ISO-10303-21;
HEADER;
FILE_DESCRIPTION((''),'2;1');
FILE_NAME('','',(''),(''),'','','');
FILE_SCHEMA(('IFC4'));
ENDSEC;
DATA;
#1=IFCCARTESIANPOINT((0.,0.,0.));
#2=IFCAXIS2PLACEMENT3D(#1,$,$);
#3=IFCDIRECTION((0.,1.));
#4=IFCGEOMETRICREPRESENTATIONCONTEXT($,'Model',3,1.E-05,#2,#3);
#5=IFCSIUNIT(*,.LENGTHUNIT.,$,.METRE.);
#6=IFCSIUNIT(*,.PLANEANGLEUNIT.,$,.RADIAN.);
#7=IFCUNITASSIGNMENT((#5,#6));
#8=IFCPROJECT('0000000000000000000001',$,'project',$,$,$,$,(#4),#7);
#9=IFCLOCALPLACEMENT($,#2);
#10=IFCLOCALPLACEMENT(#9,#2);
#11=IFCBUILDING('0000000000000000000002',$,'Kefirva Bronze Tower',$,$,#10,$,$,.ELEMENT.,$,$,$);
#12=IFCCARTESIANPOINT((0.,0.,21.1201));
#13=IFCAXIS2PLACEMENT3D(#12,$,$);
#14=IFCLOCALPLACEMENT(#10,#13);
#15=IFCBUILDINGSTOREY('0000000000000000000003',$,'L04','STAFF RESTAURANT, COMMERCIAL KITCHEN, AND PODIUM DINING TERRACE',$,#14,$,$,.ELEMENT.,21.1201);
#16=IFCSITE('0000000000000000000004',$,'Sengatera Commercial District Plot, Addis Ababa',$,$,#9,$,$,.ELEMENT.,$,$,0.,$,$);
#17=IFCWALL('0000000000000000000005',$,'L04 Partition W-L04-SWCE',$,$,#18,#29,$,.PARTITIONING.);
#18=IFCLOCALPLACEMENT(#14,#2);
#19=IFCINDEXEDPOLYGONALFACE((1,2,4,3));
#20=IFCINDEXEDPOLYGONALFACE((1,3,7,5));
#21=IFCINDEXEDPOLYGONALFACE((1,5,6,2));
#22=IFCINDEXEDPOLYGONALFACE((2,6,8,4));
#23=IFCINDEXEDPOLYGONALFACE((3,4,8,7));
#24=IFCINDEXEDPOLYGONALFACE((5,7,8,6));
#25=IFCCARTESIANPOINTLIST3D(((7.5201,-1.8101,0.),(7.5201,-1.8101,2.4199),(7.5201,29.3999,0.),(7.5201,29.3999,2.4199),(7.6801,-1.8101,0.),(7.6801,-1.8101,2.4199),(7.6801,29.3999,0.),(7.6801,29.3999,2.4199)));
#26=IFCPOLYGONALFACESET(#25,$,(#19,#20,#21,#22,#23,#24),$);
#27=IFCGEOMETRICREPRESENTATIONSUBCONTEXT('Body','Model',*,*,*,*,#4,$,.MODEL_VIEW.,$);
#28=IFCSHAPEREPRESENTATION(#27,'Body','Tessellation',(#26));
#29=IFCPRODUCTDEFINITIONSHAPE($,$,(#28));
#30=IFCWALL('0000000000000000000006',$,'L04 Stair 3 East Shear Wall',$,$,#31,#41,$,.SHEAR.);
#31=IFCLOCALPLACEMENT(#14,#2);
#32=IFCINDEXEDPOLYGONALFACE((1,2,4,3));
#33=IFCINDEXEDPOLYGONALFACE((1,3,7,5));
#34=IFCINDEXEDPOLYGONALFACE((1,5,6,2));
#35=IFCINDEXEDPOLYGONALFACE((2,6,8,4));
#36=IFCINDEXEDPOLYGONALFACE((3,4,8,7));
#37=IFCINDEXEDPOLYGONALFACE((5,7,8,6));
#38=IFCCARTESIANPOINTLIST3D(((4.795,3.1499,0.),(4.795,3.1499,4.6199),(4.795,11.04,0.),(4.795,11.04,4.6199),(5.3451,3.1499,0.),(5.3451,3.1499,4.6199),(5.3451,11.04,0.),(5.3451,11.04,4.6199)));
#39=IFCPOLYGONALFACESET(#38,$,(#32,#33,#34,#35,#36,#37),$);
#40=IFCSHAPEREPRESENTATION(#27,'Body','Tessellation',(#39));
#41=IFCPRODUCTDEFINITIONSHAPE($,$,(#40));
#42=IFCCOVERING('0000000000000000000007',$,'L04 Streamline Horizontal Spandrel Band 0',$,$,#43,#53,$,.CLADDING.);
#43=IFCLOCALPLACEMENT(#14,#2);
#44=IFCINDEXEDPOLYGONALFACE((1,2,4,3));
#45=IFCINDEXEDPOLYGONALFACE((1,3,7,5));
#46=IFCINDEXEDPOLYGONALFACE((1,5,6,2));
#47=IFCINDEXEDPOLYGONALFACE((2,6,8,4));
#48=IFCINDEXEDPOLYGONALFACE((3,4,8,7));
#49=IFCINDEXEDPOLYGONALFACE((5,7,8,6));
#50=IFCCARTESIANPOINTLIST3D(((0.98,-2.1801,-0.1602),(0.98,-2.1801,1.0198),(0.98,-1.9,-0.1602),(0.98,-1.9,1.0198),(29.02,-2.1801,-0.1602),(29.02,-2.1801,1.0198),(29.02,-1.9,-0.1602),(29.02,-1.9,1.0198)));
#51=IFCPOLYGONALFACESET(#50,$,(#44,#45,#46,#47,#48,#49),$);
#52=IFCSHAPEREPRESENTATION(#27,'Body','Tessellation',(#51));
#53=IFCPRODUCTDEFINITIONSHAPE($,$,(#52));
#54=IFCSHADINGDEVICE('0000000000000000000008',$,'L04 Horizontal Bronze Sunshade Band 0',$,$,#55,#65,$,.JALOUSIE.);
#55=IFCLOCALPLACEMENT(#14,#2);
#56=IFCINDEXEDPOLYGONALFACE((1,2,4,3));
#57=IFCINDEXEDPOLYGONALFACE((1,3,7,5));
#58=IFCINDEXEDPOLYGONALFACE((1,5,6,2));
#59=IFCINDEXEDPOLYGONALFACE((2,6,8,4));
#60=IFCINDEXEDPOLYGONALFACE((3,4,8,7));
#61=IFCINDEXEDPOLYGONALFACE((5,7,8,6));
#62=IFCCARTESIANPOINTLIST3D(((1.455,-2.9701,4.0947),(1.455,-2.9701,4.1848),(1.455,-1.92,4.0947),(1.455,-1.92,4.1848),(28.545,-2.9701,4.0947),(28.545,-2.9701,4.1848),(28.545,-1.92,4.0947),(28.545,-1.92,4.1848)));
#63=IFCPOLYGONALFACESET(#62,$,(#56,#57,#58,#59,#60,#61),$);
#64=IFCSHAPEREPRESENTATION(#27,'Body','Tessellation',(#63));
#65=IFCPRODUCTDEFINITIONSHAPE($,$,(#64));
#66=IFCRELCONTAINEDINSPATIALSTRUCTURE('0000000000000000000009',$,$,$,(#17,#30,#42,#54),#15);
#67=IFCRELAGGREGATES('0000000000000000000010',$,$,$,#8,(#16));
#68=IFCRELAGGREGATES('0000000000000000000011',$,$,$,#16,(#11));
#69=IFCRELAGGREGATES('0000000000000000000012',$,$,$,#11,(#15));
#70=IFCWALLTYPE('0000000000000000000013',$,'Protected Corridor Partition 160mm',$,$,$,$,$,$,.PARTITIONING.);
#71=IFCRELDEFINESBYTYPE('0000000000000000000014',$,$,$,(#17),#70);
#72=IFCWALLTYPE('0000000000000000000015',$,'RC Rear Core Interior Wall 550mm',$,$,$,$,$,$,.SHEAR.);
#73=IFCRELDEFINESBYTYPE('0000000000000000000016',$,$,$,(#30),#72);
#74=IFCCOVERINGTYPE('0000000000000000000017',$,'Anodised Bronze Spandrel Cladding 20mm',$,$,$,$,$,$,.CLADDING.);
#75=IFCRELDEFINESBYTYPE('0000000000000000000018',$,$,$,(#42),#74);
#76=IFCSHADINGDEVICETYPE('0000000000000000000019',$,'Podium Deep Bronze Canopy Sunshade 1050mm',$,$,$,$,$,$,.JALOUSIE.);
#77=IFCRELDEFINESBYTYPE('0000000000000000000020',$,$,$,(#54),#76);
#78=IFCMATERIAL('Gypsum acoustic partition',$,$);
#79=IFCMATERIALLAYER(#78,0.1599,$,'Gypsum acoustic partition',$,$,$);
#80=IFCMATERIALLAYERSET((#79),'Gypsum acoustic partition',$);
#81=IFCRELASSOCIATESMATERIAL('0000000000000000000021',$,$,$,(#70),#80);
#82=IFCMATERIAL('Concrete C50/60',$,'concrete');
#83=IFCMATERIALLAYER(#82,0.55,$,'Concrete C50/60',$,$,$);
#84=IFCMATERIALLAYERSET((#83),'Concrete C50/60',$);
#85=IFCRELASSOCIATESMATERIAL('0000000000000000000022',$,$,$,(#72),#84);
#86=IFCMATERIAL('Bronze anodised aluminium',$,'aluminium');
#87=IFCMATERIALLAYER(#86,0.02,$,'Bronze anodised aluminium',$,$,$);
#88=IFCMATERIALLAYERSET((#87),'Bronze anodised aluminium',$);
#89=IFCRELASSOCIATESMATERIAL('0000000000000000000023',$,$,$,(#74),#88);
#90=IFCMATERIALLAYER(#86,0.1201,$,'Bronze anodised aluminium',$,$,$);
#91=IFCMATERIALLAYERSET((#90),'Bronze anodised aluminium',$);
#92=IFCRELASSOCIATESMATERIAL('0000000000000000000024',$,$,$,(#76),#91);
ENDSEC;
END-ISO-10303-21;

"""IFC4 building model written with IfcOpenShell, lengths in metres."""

from ifc_helpers import new_model, si_unit, direction, frame, frame_2d, origin, origin_2d, place, context, subcontext, project, spatial, rectangle, extrude, material, layer, layer_set, type_object, element, save


model = new_model("IFC4")

# Units and contexts
model_context = context("Model", 3, precision=1e-05, world=origin(), true_north=direction((0.0, 1.0)))
body_context = subcontext(model_context, "Body", "Model", "MODEL_VIEW")
ifc_project = project(units=[si_unit("LENGTHUNIT", "METRE"), si_unit("PLANEANGLEUNIT", "RADIAN")], contexts=[model_context])

# Site, building, storey
site_placement = place(None, origin())
site = spatial("IfcSite", under=ifc_project, at=site_placement, Name="Sengatera Commercial District Plot, Addis Ababa", CompositionType="ELEMENT", RefElevation=0.0)
building_placement = place(site_placement, origin())
building = spatial("IfcBuilding", under=site, at=building_placement, Name="Kefirva Bronze Tower", CompositionType="ELEMENT")
storey_placement = place(building_placement, frame((0.0, 0.0, 21.1201)))
storey = spatial("IfcBuildingStorey", under=building, at=storey_placement, Name="L04", Description="STAFF RESTAURANT, COMMERCIAL KITCHEN, AND PODIUM DINING TERRACE", CompositionType="ELEMENT", Elevation=21.1201)

# Shared definitions
ifc_material_1 = material(Name="Bronze anodised aluminium", Category="aluminium")

# Walls
ifc_material_2 = material(Name="Gypsum acoustic partition")
ifc_layer_1 = layer(ifc_material_2, 0.1599, Name="Gypsum acoustic partition")
ifc_layer_set_1 = layer_set([ifc_layer_1], Name="Gypsum acoustic partition")
wall_type_1 = type_object("IfcWallType", Name="Protected Corridor Partition 160mm", PredefinedType="PARTITIONING", material=ifc_layer_set_1)
wall_1_placement = place(storey_placement, frame((7.6001, -1.8101, 0.0), z_axis=(0.0, 0.0, 1.0), x_axis=(0.0, 1.0, 0.0)))
element("IfcWall", 1, at=wall_1_placement, inside=storey, type_object=wall_type_1, Name="L04 Partition W-L04-SWCE", PredefinedType="PARTITIONING", context=body_context, shape_type="SweptSolid", body=[
    extrude(rectangle(XDim=31.21, YDim=0.1599, at=frame_2d((15.605, 0.0))), origin(), (0.0, 0.0, 1.0), 2.4199),
])
ifc_material_3 = material(Name="Concrete C50/60", Category="concrete")
ifc_layer_2 = layer(ifc_material_3, 0.55, Name="Concrete C50/60")
ifc_layer_set_2 = layer_set([ifc_layer_2], Name="Concrete C50/60")
wall_type_2 = type_object("IfcWallType", Name="RC Rear Core Interior Wall 550mm", PredefinedType="SHEAR", material=ifc_layer_set_2)
wall_2_placement = place(storey_placement, frame((5.0701, 3.1499, 0.0), z_axis=(0.0, 0.0, 1.0), x_axis=(0.0, 1.0, 0.0)))
element("IfcWall", 2, at=wall_2_placement, inside=storey, type_object=wall_type_2, Name="L04 Stair 3 East Shear Wall", PredefinedType="SHEAR", context=body_context, shape_type="SweptSolid", body=[
    extrude(rectangle(XDim=7.8901, YDim=0.55, at=frame_2d((3.9451, 0.0))), origin(), (0.0, 0.0, 1.0), 4.6199),
])

# Covering
ifc_layer_3 = layer(ifc_material_1, 0.02, Name="Bronze anodised aluminium")
ifc_layer_set_3 = layer_set([ifc_layer_3], Name="Bronze anodised aluminium")
covering_type_1 = type_object("IfcCoveringType", Name="Anodised Bronze Spandrel Cladding 20mm", PredefinedType="CLADDING", material=ifc_layer_set_3)
covering_1_placement = place(storey_placement, frame((15.0, -2.04, -0.1602), z_axis=(0.0, 0.0, 1.0), x_axis=(1.0, 0.0, 0.0)))
element("IfcCovering", 3, at=covering_1_placement, inside=storey, type_object=covering_type_1, Name="L04 Streamline Horizontal Spandrel Band 0", PredefinedType="CLADDING", context=body_context, shape_type="SweptSolid", body=[
    extrude(rectangle(XDim=28.04, YDim=0.28, at=origin_2d()), origin(), (0.0, 0.0, 1.0), 1.1799),
])

# Shading device
ifc_layer_4 = layer(ifc_material_1, 0.1201, Name="Bronze anodised aluminium")
ifc_layer_set_4 = layer_set([ifc_layer_4], Name="Bronze anodised aluminium")
shading_device_type_1 = type_object("IfcShadingDeviceType", Name="Podium Deep Bronze Canopy Sunshade 1050mm", PredefinedType="JALOUSIE", material=ifc_layer_set_4)
shading_device_1_placement = place(storey_placement, frame((15.0, -2.4451, 4.0947), z_axis=(0.0, 0.0, 1.0), x_axis=(1.0, 0.0, 0.0)))
element("IfcShadingDevice", 4, at=shading_device_1_placement, inside=storey, type_object=shading_device_type_1, Name="L04 Horizontal Bronze Sunshade Band 0", PredefinedType="JALOUSIE", context=body_context, shape_type="SweptSolid", body=[
    extrude(rectangle(XDim=27.0901, YDim=1.05, at=origin_2d()), origin(), (0.0, 0.0, 1.0), 0.0901),
])

save(model, "model.ifc")
